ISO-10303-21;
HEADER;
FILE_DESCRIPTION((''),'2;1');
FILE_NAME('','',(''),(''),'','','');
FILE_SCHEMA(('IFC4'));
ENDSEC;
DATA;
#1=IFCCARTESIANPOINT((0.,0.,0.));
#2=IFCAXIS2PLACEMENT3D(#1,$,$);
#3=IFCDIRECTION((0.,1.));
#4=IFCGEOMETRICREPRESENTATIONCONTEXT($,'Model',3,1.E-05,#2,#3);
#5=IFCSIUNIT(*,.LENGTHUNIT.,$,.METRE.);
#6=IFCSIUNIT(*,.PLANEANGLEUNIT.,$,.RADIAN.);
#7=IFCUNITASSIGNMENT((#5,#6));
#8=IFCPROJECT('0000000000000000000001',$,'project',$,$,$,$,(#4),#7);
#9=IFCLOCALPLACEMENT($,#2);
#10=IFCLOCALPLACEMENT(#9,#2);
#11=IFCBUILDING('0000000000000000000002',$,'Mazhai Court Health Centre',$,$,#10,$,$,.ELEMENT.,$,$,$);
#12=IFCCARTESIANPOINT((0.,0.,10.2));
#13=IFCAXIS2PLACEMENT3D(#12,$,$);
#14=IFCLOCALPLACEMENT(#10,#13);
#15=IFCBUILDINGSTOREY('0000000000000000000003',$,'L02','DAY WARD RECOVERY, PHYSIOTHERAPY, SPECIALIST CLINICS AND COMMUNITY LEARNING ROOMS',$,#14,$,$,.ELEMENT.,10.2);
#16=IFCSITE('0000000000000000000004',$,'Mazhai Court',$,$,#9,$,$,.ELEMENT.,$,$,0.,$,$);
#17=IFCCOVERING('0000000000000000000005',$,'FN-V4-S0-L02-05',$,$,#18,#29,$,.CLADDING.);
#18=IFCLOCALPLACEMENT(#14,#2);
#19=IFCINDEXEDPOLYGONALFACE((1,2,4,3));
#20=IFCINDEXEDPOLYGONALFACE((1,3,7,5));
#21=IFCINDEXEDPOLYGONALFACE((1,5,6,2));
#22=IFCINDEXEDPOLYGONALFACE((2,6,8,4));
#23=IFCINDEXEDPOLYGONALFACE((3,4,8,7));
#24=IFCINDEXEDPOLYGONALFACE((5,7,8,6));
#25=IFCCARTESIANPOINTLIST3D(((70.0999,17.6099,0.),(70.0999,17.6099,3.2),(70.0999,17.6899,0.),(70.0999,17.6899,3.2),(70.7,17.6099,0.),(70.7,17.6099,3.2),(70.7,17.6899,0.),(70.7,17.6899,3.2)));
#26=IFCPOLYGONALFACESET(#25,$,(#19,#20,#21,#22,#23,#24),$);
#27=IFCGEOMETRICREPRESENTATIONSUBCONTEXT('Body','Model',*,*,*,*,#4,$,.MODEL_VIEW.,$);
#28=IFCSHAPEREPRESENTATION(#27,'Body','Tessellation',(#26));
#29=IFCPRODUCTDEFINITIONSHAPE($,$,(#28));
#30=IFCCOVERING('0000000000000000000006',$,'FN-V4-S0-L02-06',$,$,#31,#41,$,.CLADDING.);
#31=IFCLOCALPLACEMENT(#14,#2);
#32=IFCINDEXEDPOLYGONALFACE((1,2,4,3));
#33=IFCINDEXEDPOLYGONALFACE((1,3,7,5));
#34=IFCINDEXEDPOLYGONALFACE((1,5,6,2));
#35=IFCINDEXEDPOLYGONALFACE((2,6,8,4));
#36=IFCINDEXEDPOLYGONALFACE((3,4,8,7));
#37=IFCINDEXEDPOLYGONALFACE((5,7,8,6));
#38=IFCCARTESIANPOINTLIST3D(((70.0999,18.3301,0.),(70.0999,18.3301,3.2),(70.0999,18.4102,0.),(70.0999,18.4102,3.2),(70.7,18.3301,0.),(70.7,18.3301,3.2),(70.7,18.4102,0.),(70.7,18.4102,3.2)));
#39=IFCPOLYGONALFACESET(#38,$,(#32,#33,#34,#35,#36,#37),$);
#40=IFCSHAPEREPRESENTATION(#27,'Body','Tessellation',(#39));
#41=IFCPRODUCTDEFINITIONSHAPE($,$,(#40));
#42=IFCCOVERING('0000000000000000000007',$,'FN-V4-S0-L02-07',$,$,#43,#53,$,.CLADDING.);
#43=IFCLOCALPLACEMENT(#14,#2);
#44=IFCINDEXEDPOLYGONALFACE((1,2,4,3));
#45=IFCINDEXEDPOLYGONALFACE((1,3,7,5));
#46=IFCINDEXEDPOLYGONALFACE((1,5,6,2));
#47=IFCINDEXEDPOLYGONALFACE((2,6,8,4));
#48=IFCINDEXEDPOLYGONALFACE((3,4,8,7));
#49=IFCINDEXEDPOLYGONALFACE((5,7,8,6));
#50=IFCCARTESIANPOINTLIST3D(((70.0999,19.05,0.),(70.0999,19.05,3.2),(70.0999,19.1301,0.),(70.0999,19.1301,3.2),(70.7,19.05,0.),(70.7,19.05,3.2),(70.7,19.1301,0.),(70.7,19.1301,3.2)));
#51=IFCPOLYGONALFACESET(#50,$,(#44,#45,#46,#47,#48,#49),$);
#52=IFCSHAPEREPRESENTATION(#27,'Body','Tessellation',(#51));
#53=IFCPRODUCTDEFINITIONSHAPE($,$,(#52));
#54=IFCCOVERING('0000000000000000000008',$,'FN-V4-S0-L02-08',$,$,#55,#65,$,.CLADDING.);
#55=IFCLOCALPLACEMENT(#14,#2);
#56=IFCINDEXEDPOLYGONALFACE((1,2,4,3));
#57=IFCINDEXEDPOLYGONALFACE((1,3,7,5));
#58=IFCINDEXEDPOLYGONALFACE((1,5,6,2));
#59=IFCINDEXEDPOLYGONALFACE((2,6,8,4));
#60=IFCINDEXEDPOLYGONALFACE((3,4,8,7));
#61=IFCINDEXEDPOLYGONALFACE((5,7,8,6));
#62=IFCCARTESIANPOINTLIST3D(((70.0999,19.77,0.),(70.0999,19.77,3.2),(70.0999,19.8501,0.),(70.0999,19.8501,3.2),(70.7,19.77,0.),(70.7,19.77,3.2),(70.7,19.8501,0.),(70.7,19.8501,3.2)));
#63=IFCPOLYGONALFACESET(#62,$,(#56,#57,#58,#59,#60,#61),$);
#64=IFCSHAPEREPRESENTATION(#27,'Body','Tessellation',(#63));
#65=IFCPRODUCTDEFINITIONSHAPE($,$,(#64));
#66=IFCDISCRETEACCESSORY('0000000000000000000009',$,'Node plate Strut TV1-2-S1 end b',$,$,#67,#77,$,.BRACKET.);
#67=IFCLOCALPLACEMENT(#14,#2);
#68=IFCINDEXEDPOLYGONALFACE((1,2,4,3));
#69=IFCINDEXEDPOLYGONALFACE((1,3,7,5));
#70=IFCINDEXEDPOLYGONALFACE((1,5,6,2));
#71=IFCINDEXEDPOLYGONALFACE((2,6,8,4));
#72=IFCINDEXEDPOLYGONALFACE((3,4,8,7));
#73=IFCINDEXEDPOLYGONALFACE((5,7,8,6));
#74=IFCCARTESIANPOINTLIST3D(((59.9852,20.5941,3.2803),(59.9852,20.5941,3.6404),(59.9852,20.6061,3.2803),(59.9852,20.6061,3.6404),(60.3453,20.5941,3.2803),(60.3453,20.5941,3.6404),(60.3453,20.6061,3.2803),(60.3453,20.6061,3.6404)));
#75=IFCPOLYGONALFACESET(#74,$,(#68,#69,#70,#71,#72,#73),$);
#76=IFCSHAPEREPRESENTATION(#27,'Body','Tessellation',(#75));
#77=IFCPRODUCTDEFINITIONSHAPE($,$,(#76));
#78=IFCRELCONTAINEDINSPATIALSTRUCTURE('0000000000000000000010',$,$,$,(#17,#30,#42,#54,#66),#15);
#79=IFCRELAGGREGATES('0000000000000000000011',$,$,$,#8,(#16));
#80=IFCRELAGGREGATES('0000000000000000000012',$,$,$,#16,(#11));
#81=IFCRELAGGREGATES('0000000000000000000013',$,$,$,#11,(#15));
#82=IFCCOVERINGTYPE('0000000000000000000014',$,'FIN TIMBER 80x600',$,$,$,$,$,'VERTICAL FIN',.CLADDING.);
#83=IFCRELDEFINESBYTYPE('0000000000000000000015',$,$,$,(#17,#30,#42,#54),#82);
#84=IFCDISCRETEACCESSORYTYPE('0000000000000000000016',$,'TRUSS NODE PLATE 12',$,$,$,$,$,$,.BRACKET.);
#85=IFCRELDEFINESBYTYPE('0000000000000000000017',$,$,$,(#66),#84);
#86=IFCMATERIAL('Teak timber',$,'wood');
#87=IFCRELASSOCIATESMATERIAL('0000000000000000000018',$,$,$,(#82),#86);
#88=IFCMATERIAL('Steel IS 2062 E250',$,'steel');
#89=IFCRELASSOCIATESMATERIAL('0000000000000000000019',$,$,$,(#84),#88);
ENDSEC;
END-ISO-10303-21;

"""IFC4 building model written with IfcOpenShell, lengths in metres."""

from ifc_helpers import new_model, si_unit, direction, frame, origin, origin_2d, place, context, subcontext, project, spatial, rectangle, extrude, material, type_object, element, save


model = new_model("IFC4")

# Units and contexts
model_context = context("Model", 3, precision=1e-05, world=origin(), true_north=direction((0.0, 1.0)))
body_context = subcontext(model_context, "Body", "Model", "MODEL_VIEW")
ifc_project = project(units=[si_unit("LENGTHUNIT", "METRE"), si_unit("PLANEANGLEUNIT", "RADIAN")], contexts=[model_context])

# Site, building, storey
site_placement = place(None, origin())
site = spatial("IfcSite", under=ifc_project, at=site_placement, Name="Mazhai Court", CompositionType="ELEMENT", RefElevation=0.0)
building_placement = place(site_placement, origin())
building = spatial("IfcBuilding", under=site, at=building_placement, Name="Mazhai Court Health Centre", CompositionType="ELEMENT")
storey_placement = place(building_placement, frame((0.0, 0.0, 10.2)))
storey = spatial("IfcBuildingStorey", under=building, at=storey_placement, Name="L02", Description="DAY WARD RECOVERY, PHYSIOTHERAPY, SPECIALIST CLINICS AND COMMUNITY LEARNING ROOMS", CompositionType="ELEMENT", Elevation=10.2)

# Coverings
ifc_material_1 = material(Name="Teak timber", Category="wood")
covering_type = type_object("IfcCoveringType", Name="FIN TIMBER 80x600", ElementType="VERTICAL FIN", PredefinedType="CLADDING", material=ifc_material_1)
for number, where, z_axis, x_axis, name in (
    (1, (70.3999, 17.6499, 0.0), (0.0, 0.0, 1.0), (0.0, 1.0, 0.0), "FN-V4-S0-L02-05"),
    (2, (70.3999, 18.3701, 0.0), (0.0, 0.0, 1.0), (0.0, 1.0, 0.0), "FN-V4-S0-L02-06"),
    (3, (70.3999, 19.0901, 0.0), (0.0, 0.0, 1.0), (0.0, 1.0, 0.0), "FN-V4-S0-L02-07"),
    (4, (70.3999, 19.8101, 0.0), (0.0, 0.0, 1.0), (0.0, 1.0, 0.0), "FN-V4-S0-L02-08"),
):
    element("IfcCovering", number, at=place(storey_placement, frame(where, z_axis=z_axis, x_axis=x_axis)), inside=storey, type_object=covering_type, Name=name, PredefinedType="CLADDING", context=body_context, shape_type="SweptSolid", body=[
        extrude(rectangle(XDim=0.0801, YDim=0.6001, at=origin_2d()), origin(), (0.0, 0.0, 1.0), 3.2),
    ])

# Discrete accessory
ifc_material_2 = material(Name="Steel IS 2062 E250", Category="steel")
discrete_accessory_type = type_object("IfcDiscreteAccessoryType", Name="TRUSS NODE PLATE 12", PredefinedType="BRACKET", material=ifc_material_2)
discrete_accessory_placement = place(storey_placement, frame((60.1653, 20.6001, 3.2803), z_axis=(0.0, 0.0, 1.0), x_axis=(1.0, 0.0, 0.0)))
element("IfcDiscreteAccessory", 5, at=discrete_accessory_placement, inside=storey, type_object=discrete_accessory_type, Name="Node plate Strut TV1-2-S1 end b", PredefinedType="BRACKET", context=body_context, shape_type="SweptSolid", body=[
    extrude(rectangle(XDim=0.3601, YDim=0.012, at=origin_2d()), origin(), (0.0, 0.0, 1.0), 0.3601),
])

save(model, "model.ifc")
